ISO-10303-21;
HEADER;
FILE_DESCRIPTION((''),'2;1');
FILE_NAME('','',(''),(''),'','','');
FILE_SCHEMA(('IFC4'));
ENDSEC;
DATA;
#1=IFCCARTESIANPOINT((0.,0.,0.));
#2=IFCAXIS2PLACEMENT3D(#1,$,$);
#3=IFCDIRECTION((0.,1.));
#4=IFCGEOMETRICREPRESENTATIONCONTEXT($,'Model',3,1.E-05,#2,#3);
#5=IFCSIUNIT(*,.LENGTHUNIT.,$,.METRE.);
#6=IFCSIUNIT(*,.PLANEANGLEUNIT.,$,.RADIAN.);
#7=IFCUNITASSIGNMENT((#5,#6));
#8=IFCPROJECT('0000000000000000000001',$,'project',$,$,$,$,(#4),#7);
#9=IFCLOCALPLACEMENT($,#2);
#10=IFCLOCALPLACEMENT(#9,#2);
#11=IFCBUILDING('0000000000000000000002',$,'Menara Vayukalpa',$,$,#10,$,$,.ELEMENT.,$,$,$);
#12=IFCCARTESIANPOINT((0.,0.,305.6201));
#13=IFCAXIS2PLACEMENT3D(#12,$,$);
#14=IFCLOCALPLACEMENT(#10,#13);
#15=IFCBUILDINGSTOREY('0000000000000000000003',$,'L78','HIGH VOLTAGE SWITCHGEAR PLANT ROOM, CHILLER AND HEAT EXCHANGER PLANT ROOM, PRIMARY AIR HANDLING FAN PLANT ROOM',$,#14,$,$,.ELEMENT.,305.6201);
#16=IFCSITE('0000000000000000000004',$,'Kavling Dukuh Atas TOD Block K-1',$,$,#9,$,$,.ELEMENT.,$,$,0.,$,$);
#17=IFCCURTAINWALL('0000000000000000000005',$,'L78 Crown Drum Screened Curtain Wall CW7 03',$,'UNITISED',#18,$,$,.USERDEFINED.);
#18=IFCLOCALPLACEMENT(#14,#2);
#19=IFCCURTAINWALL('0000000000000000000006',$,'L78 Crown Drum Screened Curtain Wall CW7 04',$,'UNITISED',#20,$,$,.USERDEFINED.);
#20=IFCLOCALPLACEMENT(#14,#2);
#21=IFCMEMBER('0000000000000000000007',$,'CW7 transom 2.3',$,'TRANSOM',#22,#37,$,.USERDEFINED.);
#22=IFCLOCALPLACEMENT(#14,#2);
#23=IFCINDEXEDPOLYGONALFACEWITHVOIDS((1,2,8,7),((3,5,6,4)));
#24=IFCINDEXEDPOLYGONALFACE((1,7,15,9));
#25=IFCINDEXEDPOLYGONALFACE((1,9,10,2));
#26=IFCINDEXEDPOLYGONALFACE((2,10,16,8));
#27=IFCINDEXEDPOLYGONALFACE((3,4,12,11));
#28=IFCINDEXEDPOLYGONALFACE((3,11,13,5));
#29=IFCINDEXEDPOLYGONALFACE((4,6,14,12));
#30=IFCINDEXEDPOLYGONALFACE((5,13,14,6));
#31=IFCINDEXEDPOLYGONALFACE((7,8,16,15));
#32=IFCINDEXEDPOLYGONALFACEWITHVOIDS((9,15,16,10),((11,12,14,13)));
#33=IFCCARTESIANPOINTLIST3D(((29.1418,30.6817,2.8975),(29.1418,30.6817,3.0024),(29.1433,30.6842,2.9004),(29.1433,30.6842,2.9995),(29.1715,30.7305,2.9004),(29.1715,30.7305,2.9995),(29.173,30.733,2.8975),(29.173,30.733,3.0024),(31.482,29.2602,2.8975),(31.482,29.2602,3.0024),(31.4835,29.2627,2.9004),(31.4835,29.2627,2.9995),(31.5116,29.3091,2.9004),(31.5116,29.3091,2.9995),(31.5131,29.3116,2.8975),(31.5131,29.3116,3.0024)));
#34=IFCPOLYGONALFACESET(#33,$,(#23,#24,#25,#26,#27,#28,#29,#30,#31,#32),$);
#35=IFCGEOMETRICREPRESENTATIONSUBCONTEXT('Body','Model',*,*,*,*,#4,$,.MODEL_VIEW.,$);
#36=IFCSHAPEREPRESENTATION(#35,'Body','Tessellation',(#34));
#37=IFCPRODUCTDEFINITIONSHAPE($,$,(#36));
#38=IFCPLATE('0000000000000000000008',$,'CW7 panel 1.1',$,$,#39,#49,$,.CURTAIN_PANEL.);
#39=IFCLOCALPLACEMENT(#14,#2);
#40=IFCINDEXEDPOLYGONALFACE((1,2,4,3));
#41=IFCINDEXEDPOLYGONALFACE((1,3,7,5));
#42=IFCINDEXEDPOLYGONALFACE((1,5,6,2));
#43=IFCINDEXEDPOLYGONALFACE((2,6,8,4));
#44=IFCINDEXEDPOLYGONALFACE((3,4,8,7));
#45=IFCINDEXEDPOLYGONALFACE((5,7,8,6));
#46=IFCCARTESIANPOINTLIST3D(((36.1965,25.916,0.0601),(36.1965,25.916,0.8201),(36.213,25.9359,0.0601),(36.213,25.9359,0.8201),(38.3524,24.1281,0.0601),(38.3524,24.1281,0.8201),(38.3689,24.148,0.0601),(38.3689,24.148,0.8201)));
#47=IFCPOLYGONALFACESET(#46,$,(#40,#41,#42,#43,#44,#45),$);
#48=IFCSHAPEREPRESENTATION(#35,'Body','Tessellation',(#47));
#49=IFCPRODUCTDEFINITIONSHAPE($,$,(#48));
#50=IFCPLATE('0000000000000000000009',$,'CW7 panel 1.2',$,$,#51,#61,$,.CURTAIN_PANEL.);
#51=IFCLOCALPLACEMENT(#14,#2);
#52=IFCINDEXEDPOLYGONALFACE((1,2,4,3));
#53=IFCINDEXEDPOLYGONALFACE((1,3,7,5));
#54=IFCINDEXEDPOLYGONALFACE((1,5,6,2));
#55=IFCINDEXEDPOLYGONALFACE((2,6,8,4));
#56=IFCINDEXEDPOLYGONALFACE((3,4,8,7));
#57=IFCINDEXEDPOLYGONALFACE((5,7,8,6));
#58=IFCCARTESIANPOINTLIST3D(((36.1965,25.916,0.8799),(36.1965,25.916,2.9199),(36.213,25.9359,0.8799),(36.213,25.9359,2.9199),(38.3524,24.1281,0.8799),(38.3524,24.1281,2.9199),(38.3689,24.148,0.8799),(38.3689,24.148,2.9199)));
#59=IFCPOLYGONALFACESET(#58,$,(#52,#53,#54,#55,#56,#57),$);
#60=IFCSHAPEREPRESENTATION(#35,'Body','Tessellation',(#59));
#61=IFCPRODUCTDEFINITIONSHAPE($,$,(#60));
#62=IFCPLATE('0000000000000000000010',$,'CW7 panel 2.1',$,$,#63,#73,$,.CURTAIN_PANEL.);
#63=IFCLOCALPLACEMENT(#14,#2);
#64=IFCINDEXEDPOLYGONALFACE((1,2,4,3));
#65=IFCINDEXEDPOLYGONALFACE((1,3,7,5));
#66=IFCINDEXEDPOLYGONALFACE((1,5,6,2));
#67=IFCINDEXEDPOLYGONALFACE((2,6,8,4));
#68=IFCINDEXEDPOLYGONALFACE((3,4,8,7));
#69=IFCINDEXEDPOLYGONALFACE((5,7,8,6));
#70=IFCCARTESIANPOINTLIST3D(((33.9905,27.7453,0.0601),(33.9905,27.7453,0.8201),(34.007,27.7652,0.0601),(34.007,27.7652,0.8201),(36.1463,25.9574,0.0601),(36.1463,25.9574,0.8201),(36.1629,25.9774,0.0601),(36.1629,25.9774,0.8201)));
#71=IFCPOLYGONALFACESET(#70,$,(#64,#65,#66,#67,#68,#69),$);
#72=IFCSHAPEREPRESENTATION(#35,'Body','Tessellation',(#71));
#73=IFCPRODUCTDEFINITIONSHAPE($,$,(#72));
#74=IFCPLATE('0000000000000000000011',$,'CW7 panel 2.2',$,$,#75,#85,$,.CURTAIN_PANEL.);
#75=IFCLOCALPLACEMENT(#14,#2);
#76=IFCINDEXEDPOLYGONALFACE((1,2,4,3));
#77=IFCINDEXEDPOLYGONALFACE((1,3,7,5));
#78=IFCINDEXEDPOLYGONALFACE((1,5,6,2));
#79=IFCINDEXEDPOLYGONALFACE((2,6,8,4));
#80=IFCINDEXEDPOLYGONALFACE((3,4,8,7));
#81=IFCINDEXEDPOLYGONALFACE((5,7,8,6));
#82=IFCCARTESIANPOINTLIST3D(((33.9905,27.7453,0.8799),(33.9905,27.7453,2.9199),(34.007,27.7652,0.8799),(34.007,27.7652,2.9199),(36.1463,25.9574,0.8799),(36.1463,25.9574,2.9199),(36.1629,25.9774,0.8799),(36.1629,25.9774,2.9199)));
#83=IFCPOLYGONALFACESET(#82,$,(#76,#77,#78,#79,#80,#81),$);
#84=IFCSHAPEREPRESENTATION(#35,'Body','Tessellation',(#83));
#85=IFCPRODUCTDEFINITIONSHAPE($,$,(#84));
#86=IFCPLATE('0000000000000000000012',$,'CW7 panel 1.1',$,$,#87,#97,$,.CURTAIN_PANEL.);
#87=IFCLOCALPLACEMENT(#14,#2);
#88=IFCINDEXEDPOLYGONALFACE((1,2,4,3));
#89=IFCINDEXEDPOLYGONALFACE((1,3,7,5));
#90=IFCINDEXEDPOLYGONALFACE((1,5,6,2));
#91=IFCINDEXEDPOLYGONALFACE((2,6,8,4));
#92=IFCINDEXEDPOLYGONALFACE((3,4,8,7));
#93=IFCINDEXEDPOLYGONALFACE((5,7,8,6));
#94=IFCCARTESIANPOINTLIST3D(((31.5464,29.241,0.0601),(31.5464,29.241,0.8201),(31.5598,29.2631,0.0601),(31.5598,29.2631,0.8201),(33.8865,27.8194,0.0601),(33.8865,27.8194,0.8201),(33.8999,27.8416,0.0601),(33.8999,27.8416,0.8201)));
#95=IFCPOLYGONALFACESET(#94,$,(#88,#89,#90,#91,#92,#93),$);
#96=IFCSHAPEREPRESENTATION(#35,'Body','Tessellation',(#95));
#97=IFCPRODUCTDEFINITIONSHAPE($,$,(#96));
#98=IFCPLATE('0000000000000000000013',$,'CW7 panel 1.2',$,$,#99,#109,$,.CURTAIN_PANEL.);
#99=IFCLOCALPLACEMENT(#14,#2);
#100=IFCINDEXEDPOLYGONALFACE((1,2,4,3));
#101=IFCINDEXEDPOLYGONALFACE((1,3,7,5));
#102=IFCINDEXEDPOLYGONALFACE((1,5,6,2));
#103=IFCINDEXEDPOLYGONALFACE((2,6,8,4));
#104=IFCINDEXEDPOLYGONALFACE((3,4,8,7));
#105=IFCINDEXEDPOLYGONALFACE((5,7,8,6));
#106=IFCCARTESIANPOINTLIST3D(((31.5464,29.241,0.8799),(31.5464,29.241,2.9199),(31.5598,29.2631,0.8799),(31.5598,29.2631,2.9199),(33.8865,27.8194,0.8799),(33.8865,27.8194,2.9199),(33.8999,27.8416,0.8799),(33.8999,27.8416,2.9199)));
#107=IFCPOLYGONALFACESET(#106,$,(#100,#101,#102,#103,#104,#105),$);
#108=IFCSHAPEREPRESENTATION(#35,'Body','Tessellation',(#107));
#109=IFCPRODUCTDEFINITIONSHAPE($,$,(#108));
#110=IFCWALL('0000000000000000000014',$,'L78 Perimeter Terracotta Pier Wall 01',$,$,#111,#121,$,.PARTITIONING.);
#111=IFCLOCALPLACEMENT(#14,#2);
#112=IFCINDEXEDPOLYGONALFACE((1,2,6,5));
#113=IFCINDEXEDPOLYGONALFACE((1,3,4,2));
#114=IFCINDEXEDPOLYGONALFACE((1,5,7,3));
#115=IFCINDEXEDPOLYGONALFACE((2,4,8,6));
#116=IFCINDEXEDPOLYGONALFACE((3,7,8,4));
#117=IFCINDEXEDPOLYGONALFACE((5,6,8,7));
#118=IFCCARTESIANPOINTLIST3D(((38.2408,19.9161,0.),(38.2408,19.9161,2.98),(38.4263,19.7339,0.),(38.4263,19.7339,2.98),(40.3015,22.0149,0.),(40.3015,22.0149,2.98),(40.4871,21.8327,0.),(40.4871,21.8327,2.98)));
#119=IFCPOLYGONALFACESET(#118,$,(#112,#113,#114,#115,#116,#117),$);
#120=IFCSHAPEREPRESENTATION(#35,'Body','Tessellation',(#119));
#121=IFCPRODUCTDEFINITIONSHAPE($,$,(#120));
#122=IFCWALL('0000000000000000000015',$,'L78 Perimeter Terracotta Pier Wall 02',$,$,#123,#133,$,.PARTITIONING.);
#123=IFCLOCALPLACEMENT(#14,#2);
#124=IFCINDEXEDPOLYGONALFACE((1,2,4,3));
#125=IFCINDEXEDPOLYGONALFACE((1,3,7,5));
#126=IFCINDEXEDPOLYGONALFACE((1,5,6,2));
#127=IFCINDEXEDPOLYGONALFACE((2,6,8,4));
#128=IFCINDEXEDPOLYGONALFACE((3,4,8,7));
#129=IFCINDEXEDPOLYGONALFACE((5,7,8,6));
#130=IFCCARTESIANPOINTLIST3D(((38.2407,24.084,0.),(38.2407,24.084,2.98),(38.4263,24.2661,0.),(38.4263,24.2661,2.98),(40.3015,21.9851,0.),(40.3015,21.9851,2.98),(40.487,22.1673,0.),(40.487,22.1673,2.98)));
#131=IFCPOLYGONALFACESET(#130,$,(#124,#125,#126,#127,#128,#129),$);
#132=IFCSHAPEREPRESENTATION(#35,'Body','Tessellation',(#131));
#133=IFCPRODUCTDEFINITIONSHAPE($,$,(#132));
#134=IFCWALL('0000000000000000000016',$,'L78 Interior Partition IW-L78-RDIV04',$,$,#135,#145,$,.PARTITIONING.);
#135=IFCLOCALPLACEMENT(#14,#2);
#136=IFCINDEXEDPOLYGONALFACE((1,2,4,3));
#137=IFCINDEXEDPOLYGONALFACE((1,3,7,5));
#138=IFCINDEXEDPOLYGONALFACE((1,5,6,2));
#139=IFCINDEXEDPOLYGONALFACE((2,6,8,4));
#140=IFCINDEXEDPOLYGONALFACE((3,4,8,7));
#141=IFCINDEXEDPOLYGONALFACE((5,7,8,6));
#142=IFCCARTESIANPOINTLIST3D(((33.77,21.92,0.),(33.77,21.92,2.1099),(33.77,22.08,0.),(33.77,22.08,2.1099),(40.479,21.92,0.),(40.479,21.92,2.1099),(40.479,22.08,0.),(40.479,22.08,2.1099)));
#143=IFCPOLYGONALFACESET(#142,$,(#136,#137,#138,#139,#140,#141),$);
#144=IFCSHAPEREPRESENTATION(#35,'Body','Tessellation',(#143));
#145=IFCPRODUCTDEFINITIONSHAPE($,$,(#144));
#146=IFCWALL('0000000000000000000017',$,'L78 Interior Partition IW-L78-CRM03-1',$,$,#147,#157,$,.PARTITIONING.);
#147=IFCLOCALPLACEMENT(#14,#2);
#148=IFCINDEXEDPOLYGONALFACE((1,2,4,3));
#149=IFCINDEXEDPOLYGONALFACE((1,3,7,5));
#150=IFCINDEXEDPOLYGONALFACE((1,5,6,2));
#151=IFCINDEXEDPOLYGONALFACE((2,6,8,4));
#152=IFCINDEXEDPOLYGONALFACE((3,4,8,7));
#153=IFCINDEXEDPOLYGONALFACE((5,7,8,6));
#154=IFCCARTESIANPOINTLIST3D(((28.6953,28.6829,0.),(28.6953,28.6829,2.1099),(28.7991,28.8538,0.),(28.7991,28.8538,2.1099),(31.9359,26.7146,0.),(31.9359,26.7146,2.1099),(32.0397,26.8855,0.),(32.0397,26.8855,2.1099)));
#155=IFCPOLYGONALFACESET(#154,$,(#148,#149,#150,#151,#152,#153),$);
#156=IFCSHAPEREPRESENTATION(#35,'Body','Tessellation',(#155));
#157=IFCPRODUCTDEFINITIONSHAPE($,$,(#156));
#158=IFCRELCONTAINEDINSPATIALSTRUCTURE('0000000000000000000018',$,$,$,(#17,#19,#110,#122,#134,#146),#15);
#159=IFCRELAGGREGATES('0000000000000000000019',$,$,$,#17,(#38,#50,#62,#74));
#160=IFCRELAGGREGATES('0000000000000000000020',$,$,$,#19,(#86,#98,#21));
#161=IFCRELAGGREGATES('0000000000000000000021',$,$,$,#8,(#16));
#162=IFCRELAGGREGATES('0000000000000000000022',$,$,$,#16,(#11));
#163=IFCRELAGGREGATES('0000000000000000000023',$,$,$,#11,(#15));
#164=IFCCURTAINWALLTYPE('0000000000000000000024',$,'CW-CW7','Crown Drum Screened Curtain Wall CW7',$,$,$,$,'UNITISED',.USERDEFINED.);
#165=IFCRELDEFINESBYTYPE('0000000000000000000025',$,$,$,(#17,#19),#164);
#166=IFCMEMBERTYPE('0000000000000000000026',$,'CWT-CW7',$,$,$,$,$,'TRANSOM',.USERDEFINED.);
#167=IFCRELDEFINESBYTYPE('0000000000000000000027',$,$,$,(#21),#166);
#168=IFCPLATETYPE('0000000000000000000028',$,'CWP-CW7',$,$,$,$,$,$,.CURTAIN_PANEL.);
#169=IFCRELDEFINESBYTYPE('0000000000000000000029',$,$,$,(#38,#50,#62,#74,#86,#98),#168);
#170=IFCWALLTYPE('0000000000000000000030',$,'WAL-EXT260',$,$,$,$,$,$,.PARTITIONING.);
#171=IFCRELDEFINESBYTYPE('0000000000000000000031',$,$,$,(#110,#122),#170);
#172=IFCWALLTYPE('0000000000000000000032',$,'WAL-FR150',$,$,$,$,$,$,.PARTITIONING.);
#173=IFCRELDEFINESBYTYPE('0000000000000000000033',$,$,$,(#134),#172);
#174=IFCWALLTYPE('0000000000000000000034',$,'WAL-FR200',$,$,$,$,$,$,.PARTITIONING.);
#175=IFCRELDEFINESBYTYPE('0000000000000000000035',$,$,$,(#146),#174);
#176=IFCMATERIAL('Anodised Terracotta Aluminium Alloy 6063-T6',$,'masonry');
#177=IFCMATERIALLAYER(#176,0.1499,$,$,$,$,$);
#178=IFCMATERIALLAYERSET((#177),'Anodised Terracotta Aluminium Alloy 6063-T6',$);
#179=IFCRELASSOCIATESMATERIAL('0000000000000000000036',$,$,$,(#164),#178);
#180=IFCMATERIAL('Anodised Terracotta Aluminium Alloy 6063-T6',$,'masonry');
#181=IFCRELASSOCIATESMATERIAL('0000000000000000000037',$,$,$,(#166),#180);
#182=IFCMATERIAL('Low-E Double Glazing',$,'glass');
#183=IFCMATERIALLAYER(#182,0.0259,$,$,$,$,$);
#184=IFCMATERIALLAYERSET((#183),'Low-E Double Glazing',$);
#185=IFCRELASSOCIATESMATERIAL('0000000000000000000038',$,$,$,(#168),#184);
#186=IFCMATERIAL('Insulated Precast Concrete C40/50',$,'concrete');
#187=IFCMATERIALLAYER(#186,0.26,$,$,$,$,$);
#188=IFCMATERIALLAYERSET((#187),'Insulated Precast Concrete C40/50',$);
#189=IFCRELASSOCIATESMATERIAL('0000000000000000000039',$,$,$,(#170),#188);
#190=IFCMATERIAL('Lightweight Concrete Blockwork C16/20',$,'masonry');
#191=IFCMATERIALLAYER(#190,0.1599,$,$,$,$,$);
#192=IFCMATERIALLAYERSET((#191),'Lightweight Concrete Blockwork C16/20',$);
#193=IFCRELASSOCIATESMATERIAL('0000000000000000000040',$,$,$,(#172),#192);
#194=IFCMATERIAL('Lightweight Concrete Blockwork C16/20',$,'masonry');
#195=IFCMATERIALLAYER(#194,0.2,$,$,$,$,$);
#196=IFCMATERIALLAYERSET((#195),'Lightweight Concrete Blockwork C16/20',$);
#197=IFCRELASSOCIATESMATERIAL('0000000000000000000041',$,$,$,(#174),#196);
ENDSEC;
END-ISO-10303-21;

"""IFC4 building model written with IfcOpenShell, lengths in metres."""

from ifc_helpers import new_model, si_unit, direction, frame, frame_2d, origin, origin_2d, place, context, subcontext, project, spatial, rectangle, hollow_rectangle, extrude, material, layer, layer_set, material_profile, profile_set, type_object, element, aggregate, save


model = new_model("IFC4")

# Units and contexts
model_context = context("Model", 3, precision=1e-05, world=origin(), true_north=direction((0.0, 1.0)))
body_context = subcontext(model_context, "Body", "Model", "MODEL_VIEW")
ifc_project = project(units=[si_unit("LENGTHUNIT", "METRE"), si_unit("PLANEANGLEUNIT", "RADIAN")], contexts=[model_context])

# Site, building, storey
site_placement = place(None, origin())
site = spatial("IfcSite", under=ifc_project, at=site_placement, Name="Kavling Dukuh Atas TOD Block K-1", CompositionType="ELEMENT", RefElevation=0.0)
building_placement = place(site_placement, origin())
building = spatial("IfcBuilding", under=site, at=building_placement, Name="Menara Vayukalpa", CompositionType="ELEMENT")
storey_placement = place(building_placement, frame((0.0, 0.0, 305.6201)))
storey = spatial("IfcBuildingStorey", under=building, at=storey_placement, Name="L78", Description="HIGH VOLTAGE SWITCHGEAR PLANT ROOM, CHILLER AND HEAT EXCHANGER PLANT ROOM, PRIMARY AIR HANDLING FAN PLANT ROOM", CompositionType="ELEMENT", Elevation=305.6201)

# Curtain walls
ifc_material_1 = material(Name="Anodised Terracotta Aluminium Alloy 6063-T6", Category="masonry")
ifc_layer_1 = layer(ifc_material_1, 0.1499)
ifc_layer_set_1 = layer_set([ifc_layer_1], Name="Anodised Terracotta Aluminium Alloy 6063-T6")
curtain_wall_type = type_object("IfcCurtainWallType", Name="CW-CW7", Description="Crown Drum Screened Curtain Wall CW7", ElementType="UNITISED", PredefinedType="USERDEFINED", material=ifc_layer_set_1)
curtain_wall_1_placement = place(storey_placement, origin())
curtain_wall_1 = element("IfcCurtainWall", 1, at=curtain_wall_1_placement, inside=storey, type_object=curtain_wall_type, Name="L78 Crown Drum Screened Curtain Wall CW7 03", ObjectType="UNITISED", PredefinedType="USERDEFINED")
curtain_wall_2_placement = place(storey_placement, origin())
curtain_wall_2 = element("IfcCurtainWall", 2, at=curtain_wall_2_placement, inside=storey, type_object=curtain_wall_type, Name="L78 Crown Drum Screened Curtain Wall CW7 04", ObjectType="UNITISED", PredefinedType="USERDEFINED")

# Member
ifc_material_2 = material(Name="Anodised Terracotta Aluminium Alloy 6063-T6", Category="masonry")
ifc_material_profile_1 = material_profile(ifc_material_2, hollow_rectangle(XDim=0.0601, YDim=0.105, WallThickness=0.0029, at=origin_2d()), Name="ALU 60x105x3")
ifc_profile_set_1 = profile_set([ifc_material_profile_1], Name="Anodised Terracotta Aluminium Alloy 6063-T6")
member_type_1 = type_object("IfcMemberType", Name="CWT-CW7", ElementType="TRANSOM", PredefinedType="USERDEFINED", material=ifc_profile_set_1)
member_1_placement = place(storey_placement, frame((31.4976, 29.2859, 2.95), z_axis=(-0.854687, 0.519143, 0.0), x_axis=(-0.519143, -0.854687, 0.0)))
member_1 = element("IfcMember", 3, at=member_1_placement, type_object=member_type_1, Name="CW7 transom 2.3", ObjectType="TRANSOM", PredefinedType="USERDEFINED", context=body_context, shape_type="SweptSolid", body=[
    extrude(hollow_rectangle(XDim=0.0601, YDim=0.105, WallThickness=0.0029, at=origin_2d()), origin(), (0.0, 0.0, 1.0), 2.738),
])

# Plates
ifc_material_3 = material(Name="Low-E Double Glazing", Category="glass")
ifc_layer_2 = layer(ifc_material_3, 0.0259)
ifc_layer_set_2 = layer_set([ifc_layer_2], Name="Low-E Double Glazing")
plate_type = type_object("IfcPlateType", Name="CWP-CW7", PredefinedType="CURTAIN_PANEL", material=ifc_layer_set_2)
plate_1_placement = place(storey_placement, frame((37.2827, 25.032, 0.0601), z_axis=(0.0, 0.0, 1.0), x_axis=(-0.769749, 0.638347, 0.0)))
plate_1 = element("IfcPlate", 4, at=plate_1_placement, type_object=plate_type, Name="CW7 panel 1.1", PredefinedType="CURTAIN_PANEL", context=body_context, shape_type="SweptSolid", body=[
    extrude(rectangle(XDim=2.8008, YDim=0.0259, at=origin_2d()), origin(), (0.0, 0.0, 1.0), 0.76),
])
plate_2_placement = place(storey_placement, frame((37.2827, 25.032, 0.8799), z_axis=(0.0, 0.0, 1.0), x_axis=(-0.769749, 0.638347, 0.0)))
plate_2 = element("IfcPlate", 5, at=plate_2_placement, type_object=plate_type, Name="CW7 panel 1.2", PredefinedType="CURTAIN_PANEL", context=body_context, shape_type="SweptSolid", body=[
    extrude(rectangle(XDim=2.8008, YDim=0.0259, at=origin_2d()), origin(), (0.0, 0.0, 1.0), 2.04),
])
plate_3_placement = place(storey_placement, frame((35.0767, 26.8613, 0.0601), z_axis=(0.0, 0.0, 1.0), x_axis=(-0.769749, 0.638347, 0.0)))
plate_3 = element("IfcPlate", 6, at=plate_3_placement, type_object=plate_type, Name="CW7 panel 2.1", PredefinedType="CURTAIN_PANEL", context=body_context, shape_type="SweptSolid", body=[
    extrude(rectangle(XDim=2.8008, YDim=0.0259, at=origin_2d()), origin(), (0.0, 0.0, 1.0), 0.76),
])
plate_4_placement = place(storey_placement, frame((35.0767, 26.8613, 0.8799), z_axis=(0.0, 0.0, 1.0), x_axis=(-0.769749, 0.638347, 0.0)))
plate_4 = element("IfcPlate", 7, at=plate_4_placement, type_object=plate_type, Name="CW7 panel 2.2", PredefinedType="CURTAIN_PANEL", context=body_context, shape_type="SweptSolid", body=[
    extrude(rectangle(XDim=2.8008, YDim=0.0259, at=origin_2d()), origin(), (0.0, 0.0, 1.0), 2.04),
])
aggregate(curtain_wall_1, [plate_1, plate_2, plate_3, plate_4])
plate_5_placement = place(storey_placement, frame((32.7231, 28.5413, 0.0601), z_axis=(0.0, 0.0, 1.0), x_axis=(-0.854667, 0.519176, 0.0)))
plate_5 = element("IfcPlate", 8, at=plate_5_placement, type_object=plate_type, Name="CW7 panel 1.1", PredefinedType="CURTAIN_PANEL", context=body_context, shape_type="SweptSolid", body=[
    extrude(rectangle(XDim=2.738, YDim=0.0259, at=origin_2d()), origin(), (0.0, 0.0, 1.0), 0.76),
])
plate_6_placement = place(storey_placement, frame((32.7231, 28.5413, 0.8799), z_axis=(0.0, 0.0, 1.0), x_axis=(-0.854667, 0.519176, 0.0)))
plate_6 = element("IfcPlate", 9, at=plate_6_placement, type_object=plate_type, Name="CW7 panel 1.2", PredefinedType="CURTAIN_PANEL", context=body_context, shape_type="SweptSolid", body=[
    extrude(rectangle(XDim=2.738, YDim=0.0259, at=origin_2d()), origin(), (0.0, 0.0, 1.0), 2.04),
])
aggregate(curtain_wall_2, [plate_5, plate_6, member_1])

# Walls
ifc_material_4 = material(Name="Insulated Precast Concrete C40/50", Category="concrete")
ifc_layer_3 = layer(ifc_material_4, 0.26)
ifc_layer_set_3 = layer_set([ifc_layer_3], Name="Insulated Precast Concrete C40/50")
wall_type_1 = type_object("IfcWallType", Name="WAL-EXT260", PredefinedType="PARTITIONING", material=ifc_layer_set_3)
for number, where, z_axis, x_axis, name in (
    (10, (40.3943, 21.9238, 0.0), (0.0, 0.0, 1.0), (-0.700603, -0.713551, 0.0), "L78 Perimeter Terracotta Pier Wall 01"),
    (11, (38.3335, 24.175, 0.0), (0.0, 0.0, 1.0), (0.700603, -0.713551, 0.0), "L78 Perimeter Terracotta Pier Wall 02"),
):
    element("IfcWall", number, at=place(storey_placement, frame(where, z_axis=z_axis, x_axis=x_axis)), inside=storey, type_object=wall_type_1, Name=name, PredefinedType="PARTITIONING", context=body_context, shape_type="SweptSolid", body=[
        extrude(rectangle(XDim=2.9414, YDim=0.26, at=frame_2d((1.4707, 0.0))), origin(), (0.0, 0.0, 1.0), 2.98),
    ])
ifc_material_5 = material(Name="Lightweight Concrete Blockwork C16/20", Category="masonry")
ifc_layer_4 = layer(ifc_material_5, 0.1599)
ifc_layer_set_4 = layer_set([ifc_layer_4], Name="Lightweight Concrete Blockwork C16/20")
wall_type_2 = type_object("IfcWallType", Name="WAL-FR150", PredefinedType="PARTITIONING", material=ifc_layer_set_4)
wall_1_placement = place(storey_placement, frame((33.77, 22.0, 0.0), z_axis=(0.0, 0.0, 1.0), x_axis=(1.0, 0.0, 0.0)))
element("IfcWall", 12, at=wall_1_placement, inside=storey, type_object=wall_type_2, Name="L78 Interior Partition IW-L78-RDIV04", PredefinedType="PARTITIONING", context=body_context, shape_type="SweptSolid", body=[
    extrude(rectangle(XDim=6.709, YDim=0.1599, at=frame_2d((3.3545, 0.0))), origin(), (0.0, 0.0, 1.0), 2.1099),
])
ifc_material_6 = material(Name="Lightweight Concrete Blockwork C16/20", Category="masonry")
ifc_layer_5 = layer(ifc_material_6, 0.2)
ifc_layer_set_5 = layer_set([ifc_layer_5], Name="Lightweight Concrete Blockwork C16/20")
wall_type_3 = type_object("IfcWallType", Name="WAL-FR200", PredefinedType="PARTITIONING", material=ifc_layer_set_5)
wall_2_placement = place(storey_placement, frame((31.9878, 26.8, 0.0), z_axis=(0.0, 0.0, 1.0), x_axis=(-0.854691, 0.519138, 0.0)))
element("IfcWall", 13, at=wall_2_placement, inside=storey, type_object=wall_type_3, Name="L78 Interior Partition IW-L78-CRM03-1", PredefinedType="PARTITIONING", context=body_context, shape_type="SweptSolid", body=[
    extrude(rectangle(XDim=3.7915, YDim=0.2, at=frame_2d((1.8958, 0.0))), origin(), (0.0, 0.0, 1.0), 2.1099),
])

save(model, "model.ifc")
